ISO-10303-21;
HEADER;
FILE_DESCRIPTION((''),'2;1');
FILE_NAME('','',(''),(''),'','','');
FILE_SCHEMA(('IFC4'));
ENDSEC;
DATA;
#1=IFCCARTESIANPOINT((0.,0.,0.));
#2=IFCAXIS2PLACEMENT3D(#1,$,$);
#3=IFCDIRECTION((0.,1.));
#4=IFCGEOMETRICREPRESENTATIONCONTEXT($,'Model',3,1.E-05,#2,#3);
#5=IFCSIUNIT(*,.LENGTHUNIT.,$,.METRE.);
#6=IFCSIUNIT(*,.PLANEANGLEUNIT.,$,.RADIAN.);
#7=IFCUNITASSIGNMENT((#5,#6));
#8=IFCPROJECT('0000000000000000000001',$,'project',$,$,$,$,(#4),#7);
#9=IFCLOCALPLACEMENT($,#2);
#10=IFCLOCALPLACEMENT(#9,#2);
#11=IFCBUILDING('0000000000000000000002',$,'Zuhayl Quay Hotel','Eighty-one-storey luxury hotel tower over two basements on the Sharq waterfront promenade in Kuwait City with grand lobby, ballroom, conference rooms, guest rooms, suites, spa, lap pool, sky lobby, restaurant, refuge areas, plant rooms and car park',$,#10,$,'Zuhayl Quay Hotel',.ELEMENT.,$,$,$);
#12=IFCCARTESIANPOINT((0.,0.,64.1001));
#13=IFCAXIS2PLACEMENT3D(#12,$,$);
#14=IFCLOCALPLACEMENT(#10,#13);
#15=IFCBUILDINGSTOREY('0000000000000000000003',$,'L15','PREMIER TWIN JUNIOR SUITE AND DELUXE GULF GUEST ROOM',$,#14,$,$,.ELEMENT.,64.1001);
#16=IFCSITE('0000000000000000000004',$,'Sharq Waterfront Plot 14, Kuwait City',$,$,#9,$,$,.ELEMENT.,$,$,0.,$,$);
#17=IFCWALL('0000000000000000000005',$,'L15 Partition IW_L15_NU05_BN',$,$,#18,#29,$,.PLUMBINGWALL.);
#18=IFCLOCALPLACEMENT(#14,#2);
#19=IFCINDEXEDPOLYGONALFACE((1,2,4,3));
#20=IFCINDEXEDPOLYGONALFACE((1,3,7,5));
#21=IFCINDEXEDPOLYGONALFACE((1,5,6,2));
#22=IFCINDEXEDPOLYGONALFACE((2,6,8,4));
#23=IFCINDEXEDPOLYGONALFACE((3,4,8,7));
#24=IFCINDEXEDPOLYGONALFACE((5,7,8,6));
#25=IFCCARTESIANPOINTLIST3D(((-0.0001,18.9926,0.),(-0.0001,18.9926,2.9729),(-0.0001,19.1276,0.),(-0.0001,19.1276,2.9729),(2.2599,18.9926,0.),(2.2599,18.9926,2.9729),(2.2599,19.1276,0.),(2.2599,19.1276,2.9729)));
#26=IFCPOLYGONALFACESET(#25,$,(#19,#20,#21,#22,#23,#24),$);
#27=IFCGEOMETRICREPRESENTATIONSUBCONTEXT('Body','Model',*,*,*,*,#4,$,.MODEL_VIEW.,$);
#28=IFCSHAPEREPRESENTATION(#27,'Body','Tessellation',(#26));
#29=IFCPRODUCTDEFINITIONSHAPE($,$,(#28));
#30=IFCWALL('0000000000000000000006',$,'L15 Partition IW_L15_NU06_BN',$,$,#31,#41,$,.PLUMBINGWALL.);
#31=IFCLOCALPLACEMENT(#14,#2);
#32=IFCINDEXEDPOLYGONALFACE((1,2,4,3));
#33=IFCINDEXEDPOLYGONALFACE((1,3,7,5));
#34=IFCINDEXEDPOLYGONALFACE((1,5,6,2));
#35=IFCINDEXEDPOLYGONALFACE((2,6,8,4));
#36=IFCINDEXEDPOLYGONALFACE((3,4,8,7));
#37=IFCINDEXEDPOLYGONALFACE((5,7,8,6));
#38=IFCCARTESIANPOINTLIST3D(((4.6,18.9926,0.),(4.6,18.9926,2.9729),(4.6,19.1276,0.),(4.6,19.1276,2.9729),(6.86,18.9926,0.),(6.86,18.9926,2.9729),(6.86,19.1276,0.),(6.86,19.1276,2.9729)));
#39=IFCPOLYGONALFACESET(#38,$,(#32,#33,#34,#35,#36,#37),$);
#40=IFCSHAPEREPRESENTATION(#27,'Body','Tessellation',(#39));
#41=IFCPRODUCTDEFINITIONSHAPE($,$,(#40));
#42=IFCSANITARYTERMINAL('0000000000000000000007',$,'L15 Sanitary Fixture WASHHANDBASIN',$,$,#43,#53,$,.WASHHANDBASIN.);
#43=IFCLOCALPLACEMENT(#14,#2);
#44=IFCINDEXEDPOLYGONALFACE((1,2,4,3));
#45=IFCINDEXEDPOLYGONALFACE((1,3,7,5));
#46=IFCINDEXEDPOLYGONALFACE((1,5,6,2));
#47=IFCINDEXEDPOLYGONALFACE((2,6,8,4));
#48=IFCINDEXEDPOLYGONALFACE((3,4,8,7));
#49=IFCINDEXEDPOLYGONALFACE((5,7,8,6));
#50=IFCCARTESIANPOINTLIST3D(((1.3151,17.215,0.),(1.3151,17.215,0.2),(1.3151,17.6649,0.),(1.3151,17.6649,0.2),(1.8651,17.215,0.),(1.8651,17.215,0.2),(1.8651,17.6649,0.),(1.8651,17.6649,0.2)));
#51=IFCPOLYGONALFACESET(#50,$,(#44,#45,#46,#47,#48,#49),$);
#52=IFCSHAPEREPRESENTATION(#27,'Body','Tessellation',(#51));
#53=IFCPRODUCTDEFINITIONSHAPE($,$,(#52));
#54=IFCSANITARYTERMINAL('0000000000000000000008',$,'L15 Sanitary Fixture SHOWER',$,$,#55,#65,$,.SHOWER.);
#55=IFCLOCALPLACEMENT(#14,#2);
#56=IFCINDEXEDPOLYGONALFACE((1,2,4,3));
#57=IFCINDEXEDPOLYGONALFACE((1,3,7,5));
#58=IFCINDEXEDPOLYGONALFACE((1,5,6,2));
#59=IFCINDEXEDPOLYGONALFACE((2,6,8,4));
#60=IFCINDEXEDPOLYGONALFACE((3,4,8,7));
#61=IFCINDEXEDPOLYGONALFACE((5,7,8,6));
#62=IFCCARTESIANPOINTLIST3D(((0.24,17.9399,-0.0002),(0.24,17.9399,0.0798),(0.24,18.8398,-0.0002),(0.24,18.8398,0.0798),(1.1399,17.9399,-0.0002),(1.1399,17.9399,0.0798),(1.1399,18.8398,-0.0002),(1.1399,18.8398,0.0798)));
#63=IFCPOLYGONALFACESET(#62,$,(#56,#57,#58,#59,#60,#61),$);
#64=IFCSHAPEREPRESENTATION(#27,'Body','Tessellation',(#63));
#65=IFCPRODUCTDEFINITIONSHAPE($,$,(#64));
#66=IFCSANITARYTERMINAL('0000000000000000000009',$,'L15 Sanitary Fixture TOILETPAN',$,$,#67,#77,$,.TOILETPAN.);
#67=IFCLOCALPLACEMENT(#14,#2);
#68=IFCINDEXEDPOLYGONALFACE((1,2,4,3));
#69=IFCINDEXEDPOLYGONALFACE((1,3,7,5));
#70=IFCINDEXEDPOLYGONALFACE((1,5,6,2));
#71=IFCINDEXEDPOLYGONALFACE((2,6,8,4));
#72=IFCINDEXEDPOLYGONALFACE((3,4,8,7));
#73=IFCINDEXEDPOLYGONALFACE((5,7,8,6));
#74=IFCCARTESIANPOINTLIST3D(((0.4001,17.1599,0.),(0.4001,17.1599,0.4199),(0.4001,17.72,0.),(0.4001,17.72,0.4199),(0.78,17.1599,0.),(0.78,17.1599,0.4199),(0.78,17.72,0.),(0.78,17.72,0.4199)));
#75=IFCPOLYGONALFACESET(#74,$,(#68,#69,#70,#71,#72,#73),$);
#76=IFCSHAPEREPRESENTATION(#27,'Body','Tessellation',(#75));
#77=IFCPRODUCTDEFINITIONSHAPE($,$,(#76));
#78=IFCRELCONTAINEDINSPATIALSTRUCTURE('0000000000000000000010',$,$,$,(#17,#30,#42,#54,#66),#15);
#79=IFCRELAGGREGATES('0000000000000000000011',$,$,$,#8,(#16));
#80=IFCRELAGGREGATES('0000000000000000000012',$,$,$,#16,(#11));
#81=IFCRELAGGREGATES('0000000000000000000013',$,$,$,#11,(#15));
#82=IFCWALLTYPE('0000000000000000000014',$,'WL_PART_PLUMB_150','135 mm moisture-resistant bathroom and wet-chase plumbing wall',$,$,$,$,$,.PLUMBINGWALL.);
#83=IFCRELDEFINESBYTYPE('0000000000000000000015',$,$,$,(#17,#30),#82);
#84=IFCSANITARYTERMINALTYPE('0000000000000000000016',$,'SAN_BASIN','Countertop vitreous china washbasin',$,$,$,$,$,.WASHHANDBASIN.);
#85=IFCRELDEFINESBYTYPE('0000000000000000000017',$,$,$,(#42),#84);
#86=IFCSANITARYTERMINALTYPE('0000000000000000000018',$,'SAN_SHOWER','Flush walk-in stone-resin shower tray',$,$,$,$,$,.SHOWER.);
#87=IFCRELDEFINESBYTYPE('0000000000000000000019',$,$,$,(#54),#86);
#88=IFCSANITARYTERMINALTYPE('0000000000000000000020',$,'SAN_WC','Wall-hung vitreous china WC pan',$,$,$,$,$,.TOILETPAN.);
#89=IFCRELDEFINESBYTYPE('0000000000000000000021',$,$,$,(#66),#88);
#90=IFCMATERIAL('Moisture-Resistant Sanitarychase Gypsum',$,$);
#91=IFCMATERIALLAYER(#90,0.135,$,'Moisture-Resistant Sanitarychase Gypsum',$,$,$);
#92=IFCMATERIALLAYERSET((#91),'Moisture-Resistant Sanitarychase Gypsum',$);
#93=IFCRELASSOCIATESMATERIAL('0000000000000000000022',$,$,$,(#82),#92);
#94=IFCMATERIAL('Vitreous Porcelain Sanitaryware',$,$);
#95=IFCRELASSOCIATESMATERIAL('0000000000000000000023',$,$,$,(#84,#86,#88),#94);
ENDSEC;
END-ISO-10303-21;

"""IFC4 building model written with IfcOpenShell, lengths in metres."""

from ifc_helpers import new_model, si_unit, direction, frame, frame_2d, origin, origin_2d, place, context, subcontext, project, spatial, rectangle, extrude, material, layer, layer_set, type_object, element, save


model = new_model("IFC4")

# Units and contexts
model_context = context("Model", 3, precision=1e-05, world=origin(), true_north=direction((0.0, 1.0)))
body_context = subcontext(model_context, "Body", "Model", "MODEL_VIEW")
ifc_project = project(units=[si_unit("LENGTHUNIT", "METRE"), si_unit("PLANEANGLEUNIT", "RADIAN")], contexts=[model_context])

# Site, building, storey
site_placement = place(None, origin())
site = spatial("IfcSite", under=ifc_project, at=site_placement, Name="Sharq Waterfront Plot 14, Kuwait City", CompositionType="ELEMENT", RefElevation=0.0)
building_placement = place(site_placement, origin())
building = spatial("IfcBuilding", under=site, at=building_placement, Name="Zuhayl Quay Hotel", Description="Eighty-one-storey luxury hotel tower over two basements on the Sharq waterfront promenade in Kuwait City with grand lobby, ballroom, conference rooms, guest rooms, suites, spa, lap pool, sky lobby, restaurant, refuge areas, plant rooms and car park", LongName="Zuhayl Quay Hotel", CompositionType="ELEMENT")
storey_placement = place(building_placement, frame((0.0, 0.0, 64.1001)))
storey = spatial("IfcBuildingStorey", under=building, at=storey_placement, Name="L15", Description="PREMIER TWIN JUNIOR SUITE AND DELUXE GULF GUEST ROOM", CompositionType="ELEMENT", Elevation=64.1001)

# Shared definitions
ifc_material_1 = material(Name="Moisture-Resistant Sanitarychase Gypsum")
ifc_layer_1 = layer(ifc_material_1, 0.135, Name="Moisture-Resistant Sanitarychase Gypsum")
ifc_layer_set_1 = layer_set([ifc_layer_1], Name="Moisture-Resistant Sanitarychase Gypsum")
wall_type_1 = type_object("IfcWallType", Name="WL_PART_PLUMB_150", Description="135 mm moisture-resistant bathroom and wet-chase plumbing wall", PredefinedType="PLUMBINGWALL", material=ifc_layer_set_1)

# Walls
for number, where, z_axis, x_axis, name in (
    (1, (0.0, 19.0601, 0.0), (0.0, 0.0, 1.0), (1.0, 0.0, 0.0), "L15 Partition IW_L15_NU05_BN"),
    (2, (4.6001, 19.0601, 0.0), (0.0, 0.0, 1.0), (1.0, 0.0, 0.0), "L15 Partition IW_L15_NU06_BN"),
):
    element("IfcWall", number, at=place(storey_placement, frame(where, z_axis=z_axis, x_axis=x_axis)), inside=storey, type_object=wall_type_1, Name=name, PredefinedType="PLUMBINGWALL", context=body_context, shape_type="SweptSolid", body=[
        extrude(rectangle(XDim=2.26, YDim=0.135, at=frame_2d((1.1299, 0.0))), origin(), (0.0, 0.0, 1.0), 2.9729),
    ])

# Sanitary terminals
ifc_material_2 = material(Name="Vitreous Porcelain Sanitaryware")
sanitary_terminal_type_1 = type_object("IfcSanitaryTerminalType", Name="SAN_BASIN", Description="Countertop vitreous china washbasin", PredefinedType="WASHHANDBASIN", material=ifc_material_2)
sanitary_terminal_1_placement = place(storey_placement, frame((1.5901, 17.4399, 0.0), z_axis=(0.0, 0.0, 1.0), x_axis=(1.0, 0.0, 0.0)))
element("IfcSanitaryTerminal", 3, at=sanitary_terminal_1_placement, inside=storey, type_object=sanitary_terminal_type_1, Name="L15 Sanitary Fixture WASHHANDBASIN", PredefinedType="WASHHANDBASIN", context=body_context, shape_type="SweptSolid", body=[
    extrude(rectangle(XDim=0.55, YDim=0.45, at=origin_2d()), origin(), (0.0, 0.0, 1.0), 0.2),
])
sanitary_terminal_type_2 = type_object("IfcSanitaryTerminalType", Name="SAN_SHOWER", Description="Flush walk-in stone-resin shower tray", PredefinedType="SHOWER", material=ifc_material_2)
sanitary_terminal_2_placement = place(storey_placement, frame((0.6899, 18.3899, -0.0002), z_axis=(0.0, 0.0, 1.0), x_axis=(1.0, 0.0, 0.0)))
element("IfcSanitaryTerminal", 4, at=sanitary_terminal_2_placement, inside=storey, type_object=sanitary_terminal_type_2, Name="L15 Sanitary Fixture SHOWER", PredefinedType="SHOWER", context=body_context, shape_type="SweptSolid", body=[
    extrude(rectangle(XDim=0.8999, YDim=0.8999, at=origin_2d()), origin(), (0.0, 0.0, 1.0), 0.0801),
])
sanitary_terminal_type_3 = type_object("IfcSanitaryTerminalType", Name="SAN_WC", Description="Wall-hung vitreous china WC pan", PredefinedType="TOILETPAN", material=ifc_material_2)
sanitary_terminal_3_placement = place(storey_placement, frame((0.5901, 17.4399, 0.0), z_axis=(0.0, 0.0, 1.0), x_axis=(1.0, 0.0, 0.0)))
element("IfcSanitaryTerminal", 5, at=sanitary_terminal_3_placement, inside=storey, type_object=sanitary_terminal_type_3, Name="L15 Sanitary Fixture TOILETPAN", PredefinedType="TOILETPAN", context=body_context, shape_type="SweptSolid", body=[
    extrude(rectangle(XDim=0.3799, YDim=0.5601, at=origin_2d()), origin(), (0.0, 0.0, 1.0), 0.4199),
])

save(model, "model.ifc")
